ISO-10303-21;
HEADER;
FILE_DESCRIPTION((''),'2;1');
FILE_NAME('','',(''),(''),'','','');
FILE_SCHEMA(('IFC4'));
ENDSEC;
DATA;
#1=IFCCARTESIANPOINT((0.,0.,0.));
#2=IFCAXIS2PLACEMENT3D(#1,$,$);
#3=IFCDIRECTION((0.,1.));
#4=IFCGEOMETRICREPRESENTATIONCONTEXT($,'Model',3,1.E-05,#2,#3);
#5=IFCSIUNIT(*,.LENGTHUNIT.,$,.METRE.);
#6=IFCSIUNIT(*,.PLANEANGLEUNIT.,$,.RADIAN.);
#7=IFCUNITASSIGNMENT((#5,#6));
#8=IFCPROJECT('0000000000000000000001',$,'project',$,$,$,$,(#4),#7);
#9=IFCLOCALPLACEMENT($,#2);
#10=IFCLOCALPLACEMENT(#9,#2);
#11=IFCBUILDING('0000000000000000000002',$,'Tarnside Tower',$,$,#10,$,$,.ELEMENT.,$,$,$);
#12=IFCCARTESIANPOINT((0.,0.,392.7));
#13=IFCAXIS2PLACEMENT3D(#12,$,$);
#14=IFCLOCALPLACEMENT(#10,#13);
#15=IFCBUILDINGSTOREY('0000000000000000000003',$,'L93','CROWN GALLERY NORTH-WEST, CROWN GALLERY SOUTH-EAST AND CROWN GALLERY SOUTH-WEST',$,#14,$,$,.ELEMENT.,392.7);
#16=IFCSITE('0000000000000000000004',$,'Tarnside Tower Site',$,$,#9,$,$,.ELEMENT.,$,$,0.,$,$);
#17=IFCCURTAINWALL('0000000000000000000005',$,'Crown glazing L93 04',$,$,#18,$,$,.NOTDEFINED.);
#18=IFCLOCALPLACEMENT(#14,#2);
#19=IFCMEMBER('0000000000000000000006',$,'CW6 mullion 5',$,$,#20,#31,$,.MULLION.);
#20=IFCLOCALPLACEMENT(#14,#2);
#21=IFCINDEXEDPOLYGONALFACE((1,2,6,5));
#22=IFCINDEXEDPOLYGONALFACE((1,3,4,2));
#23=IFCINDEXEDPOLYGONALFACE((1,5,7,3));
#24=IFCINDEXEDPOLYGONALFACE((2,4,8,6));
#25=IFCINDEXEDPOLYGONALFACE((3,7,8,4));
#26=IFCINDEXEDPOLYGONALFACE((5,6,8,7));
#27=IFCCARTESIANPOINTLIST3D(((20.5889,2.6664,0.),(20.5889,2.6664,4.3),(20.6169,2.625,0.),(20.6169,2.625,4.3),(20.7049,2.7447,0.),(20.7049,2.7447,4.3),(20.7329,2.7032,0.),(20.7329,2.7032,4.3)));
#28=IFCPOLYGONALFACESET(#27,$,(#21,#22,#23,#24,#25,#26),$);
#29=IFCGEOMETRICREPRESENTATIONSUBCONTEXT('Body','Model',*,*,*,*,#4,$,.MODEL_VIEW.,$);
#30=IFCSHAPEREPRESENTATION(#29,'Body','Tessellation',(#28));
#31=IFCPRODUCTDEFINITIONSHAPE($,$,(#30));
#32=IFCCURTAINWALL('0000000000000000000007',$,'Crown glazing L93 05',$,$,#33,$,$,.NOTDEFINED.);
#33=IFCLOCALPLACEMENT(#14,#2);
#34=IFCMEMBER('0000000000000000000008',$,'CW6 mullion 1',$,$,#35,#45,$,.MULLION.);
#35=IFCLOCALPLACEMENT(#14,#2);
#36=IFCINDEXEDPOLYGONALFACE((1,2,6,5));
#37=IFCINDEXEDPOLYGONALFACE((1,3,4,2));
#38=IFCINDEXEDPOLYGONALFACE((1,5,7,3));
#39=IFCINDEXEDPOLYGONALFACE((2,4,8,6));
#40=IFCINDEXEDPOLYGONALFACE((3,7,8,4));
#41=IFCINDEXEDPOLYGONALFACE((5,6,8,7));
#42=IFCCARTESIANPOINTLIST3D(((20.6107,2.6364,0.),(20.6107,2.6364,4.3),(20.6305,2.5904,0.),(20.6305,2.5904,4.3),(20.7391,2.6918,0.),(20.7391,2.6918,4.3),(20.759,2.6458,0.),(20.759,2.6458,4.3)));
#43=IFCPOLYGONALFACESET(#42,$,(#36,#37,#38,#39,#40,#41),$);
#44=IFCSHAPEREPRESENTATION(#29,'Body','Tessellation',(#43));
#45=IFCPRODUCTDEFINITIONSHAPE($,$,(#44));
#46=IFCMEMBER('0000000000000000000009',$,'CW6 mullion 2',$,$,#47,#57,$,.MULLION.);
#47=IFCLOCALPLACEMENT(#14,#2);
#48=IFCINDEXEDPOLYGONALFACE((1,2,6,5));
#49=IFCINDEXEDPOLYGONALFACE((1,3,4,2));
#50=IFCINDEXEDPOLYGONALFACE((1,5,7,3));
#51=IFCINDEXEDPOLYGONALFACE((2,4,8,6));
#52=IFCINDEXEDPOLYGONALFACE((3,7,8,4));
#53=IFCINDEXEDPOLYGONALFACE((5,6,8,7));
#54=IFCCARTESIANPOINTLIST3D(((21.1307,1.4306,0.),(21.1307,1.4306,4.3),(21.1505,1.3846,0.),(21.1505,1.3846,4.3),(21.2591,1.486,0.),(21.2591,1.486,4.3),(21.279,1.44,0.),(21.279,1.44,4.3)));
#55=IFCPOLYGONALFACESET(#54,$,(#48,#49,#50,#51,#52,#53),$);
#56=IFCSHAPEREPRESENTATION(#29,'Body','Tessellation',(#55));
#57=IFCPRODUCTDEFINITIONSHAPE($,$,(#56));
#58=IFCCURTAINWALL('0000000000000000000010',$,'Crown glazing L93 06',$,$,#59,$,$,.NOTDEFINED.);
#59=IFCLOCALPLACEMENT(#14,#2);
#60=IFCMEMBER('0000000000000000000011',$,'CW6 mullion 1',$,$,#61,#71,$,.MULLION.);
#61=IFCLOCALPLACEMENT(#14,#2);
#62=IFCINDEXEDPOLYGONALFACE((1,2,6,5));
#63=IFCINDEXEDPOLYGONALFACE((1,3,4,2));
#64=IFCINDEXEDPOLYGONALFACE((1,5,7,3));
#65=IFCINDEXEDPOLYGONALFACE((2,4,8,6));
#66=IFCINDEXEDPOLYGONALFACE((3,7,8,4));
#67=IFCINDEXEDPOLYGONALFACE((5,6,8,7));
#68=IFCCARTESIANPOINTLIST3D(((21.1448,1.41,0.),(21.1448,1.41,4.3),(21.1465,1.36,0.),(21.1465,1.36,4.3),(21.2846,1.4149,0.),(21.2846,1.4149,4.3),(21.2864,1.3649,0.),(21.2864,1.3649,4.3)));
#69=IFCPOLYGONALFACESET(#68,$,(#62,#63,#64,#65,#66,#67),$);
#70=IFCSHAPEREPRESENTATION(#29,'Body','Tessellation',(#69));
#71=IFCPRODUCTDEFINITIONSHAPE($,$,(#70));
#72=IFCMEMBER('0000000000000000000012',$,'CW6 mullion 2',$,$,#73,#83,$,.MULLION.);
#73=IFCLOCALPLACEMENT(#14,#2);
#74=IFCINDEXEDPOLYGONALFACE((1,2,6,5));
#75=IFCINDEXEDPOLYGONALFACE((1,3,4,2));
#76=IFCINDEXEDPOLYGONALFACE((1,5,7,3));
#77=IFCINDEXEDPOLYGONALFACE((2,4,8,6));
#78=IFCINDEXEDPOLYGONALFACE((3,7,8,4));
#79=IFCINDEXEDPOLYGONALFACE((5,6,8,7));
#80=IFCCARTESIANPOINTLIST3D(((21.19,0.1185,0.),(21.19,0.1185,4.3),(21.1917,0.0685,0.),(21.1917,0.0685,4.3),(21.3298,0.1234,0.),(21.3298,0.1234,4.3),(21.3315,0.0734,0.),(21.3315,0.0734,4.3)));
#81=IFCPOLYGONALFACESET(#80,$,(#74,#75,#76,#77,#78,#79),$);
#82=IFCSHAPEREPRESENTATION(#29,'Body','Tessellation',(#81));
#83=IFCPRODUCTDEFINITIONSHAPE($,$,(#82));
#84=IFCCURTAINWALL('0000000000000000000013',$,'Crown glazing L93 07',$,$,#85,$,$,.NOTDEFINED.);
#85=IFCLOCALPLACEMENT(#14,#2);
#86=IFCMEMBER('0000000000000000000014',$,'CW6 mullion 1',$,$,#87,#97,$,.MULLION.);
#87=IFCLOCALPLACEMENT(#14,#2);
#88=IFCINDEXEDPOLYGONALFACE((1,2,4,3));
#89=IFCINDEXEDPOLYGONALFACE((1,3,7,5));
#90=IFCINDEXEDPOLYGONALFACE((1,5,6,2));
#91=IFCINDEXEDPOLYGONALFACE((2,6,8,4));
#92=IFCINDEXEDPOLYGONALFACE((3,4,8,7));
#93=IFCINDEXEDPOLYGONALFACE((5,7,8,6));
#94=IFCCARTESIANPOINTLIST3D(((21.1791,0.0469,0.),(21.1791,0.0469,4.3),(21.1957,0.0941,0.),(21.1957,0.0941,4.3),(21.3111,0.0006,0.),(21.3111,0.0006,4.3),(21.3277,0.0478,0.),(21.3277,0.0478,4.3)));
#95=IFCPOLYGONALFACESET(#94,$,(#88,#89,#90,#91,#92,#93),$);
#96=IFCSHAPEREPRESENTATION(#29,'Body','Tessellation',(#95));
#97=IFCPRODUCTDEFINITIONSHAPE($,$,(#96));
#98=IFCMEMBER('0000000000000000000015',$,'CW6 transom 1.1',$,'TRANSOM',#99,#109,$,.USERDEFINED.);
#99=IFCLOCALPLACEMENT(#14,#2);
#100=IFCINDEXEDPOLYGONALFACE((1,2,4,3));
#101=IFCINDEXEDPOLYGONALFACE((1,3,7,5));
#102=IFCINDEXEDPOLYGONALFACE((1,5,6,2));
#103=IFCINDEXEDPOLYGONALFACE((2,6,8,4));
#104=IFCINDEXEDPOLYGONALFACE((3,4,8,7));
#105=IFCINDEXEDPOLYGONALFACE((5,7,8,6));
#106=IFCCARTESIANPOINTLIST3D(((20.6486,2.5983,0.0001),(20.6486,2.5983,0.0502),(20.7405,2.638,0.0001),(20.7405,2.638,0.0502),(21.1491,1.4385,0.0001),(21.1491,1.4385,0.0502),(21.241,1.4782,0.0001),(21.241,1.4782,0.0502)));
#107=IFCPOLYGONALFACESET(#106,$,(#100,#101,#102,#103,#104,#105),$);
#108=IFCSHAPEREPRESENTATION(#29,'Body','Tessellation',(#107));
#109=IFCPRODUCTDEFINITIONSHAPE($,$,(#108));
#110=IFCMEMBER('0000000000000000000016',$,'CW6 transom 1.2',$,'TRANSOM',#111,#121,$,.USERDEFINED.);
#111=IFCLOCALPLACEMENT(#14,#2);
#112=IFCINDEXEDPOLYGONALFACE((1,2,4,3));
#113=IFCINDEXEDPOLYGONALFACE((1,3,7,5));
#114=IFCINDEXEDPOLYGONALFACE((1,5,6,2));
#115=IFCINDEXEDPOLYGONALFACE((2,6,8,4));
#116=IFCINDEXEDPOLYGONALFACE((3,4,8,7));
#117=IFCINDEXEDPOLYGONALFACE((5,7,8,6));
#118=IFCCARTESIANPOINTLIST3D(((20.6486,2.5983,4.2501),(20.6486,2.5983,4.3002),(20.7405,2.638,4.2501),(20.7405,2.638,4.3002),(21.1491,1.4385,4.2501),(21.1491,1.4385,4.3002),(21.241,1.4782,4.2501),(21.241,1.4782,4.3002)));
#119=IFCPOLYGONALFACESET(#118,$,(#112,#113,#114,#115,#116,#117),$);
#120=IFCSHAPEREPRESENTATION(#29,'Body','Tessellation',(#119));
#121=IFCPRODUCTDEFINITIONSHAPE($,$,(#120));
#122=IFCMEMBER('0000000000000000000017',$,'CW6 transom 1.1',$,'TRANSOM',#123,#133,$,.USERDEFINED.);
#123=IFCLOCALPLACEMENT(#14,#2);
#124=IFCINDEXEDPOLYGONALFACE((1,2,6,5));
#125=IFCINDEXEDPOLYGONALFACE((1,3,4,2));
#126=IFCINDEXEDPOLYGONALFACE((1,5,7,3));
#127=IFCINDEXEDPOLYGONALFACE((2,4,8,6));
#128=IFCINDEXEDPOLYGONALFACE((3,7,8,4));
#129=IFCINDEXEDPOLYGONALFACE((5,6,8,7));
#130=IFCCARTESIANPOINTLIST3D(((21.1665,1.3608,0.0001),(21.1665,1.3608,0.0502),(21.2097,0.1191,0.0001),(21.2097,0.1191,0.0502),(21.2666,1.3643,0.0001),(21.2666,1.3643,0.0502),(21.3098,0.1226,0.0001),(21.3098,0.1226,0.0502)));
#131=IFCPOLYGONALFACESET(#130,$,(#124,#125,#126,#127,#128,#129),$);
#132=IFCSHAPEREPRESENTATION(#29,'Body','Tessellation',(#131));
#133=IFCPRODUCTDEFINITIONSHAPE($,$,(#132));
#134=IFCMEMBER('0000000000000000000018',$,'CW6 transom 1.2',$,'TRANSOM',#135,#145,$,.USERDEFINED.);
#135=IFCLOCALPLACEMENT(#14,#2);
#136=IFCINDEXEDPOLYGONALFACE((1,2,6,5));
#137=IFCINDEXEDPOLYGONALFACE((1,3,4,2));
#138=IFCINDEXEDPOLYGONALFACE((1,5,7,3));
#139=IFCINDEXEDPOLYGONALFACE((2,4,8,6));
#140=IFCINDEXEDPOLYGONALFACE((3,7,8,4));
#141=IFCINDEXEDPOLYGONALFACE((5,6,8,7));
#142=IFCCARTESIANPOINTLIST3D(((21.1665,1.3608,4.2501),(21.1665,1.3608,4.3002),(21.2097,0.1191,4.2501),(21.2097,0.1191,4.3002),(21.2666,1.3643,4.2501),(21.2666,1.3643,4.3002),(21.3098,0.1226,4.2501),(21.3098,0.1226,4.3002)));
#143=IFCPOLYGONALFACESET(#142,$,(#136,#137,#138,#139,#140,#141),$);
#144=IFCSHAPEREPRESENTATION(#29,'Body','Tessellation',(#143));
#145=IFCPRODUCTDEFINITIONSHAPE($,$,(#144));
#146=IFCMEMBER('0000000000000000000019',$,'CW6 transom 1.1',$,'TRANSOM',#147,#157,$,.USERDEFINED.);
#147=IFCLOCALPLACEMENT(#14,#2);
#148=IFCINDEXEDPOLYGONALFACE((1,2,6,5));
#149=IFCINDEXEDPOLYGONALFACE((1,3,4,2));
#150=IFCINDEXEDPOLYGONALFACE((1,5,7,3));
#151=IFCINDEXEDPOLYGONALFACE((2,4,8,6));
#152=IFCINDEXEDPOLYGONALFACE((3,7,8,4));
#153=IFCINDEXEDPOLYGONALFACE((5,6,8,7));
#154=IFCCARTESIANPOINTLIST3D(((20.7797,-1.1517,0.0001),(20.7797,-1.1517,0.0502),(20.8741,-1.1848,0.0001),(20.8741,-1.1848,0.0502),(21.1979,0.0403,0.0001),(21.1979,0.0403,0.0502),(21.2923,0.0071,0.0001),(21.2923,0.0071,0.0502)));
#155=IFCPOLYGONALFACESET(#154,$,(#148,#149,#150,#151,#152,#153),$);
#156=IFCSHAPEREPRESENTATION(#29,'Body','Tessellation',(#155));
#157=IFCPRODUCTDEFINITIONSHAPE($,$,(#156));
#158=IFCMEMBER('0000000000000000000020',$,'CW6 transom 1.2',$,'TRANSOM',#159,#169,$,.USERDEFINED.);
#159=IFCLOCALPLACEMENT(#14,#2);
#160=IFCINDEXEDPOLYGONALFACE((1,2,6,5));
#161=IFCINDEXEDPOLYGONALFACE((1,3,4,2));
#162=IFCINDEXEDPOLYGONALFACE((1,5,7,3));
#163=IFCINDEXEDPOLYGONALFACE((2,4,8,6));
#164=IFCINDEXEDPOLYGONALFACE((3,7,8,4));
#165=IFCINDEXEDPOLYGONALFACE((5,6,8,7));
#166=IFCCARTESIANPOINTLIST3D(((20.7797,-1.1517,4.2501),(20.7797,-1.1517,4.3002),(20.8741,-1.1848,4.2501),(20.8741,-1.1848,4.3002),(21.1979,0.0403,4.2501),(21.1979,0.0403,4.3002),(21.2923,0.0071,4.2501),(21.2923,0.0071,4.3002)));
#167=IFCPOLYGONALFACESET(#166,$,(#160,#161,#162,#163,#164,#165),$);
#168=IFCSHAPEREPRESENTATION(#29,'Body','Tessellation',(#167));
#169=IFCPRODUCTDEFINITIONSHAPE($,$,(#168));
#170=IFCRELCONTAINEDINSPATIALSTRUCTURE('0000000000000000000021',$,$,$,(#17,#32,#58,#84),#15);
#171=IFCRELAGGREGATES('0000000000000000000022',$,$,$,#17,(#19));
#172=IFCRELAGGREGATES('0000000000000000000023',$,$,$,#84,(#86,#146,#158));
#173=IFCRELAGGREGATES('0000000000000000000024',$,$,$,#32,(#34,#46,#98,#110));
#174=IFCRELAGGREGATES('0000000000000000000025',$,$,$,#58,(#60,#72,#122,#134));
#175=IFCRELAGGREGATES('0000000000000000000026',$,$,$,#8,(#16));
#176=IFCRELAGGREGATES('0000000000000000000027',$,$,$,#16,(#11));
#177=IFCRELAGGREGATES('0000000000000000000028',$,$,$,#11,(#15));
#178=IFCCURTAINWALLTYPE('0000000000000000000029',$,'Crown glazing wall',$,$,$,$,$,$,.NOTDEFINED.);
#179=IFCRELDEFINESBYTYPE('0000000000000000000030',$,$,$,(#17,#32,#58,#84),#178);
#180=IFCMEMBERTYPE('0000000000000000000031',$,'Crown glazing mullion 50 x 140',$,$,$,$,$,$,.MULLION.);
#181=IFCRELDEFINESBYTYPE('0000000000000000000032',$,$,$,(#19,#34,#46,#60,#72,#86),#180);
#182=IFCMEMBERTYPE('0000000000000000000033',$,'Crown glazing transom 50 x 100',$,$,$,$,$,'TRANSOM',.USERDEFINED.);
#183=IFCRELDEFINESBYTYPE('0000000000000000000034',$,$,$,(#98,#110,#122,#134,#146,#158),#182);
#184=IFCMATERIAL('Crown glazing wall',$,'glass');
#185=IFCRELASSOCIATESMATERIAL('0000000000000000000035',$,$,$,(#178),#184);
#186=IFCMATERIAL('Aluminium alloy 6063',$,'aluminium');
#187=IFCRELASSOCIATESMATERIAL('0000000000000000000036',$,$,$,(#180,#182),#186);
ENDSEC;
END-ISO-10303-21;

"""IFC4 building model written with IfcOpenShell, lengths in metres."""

from ifc_helpers import new_model, si_unit, direction, frame, origin, origin_2d, place, context, subcontext, project, spatial, rectangle, extrude, material, material_profile, profile_set, type_object, element, aggregate, save


model = new_model("IFC4")

# Units and contexts
model_context = context("Model", 3, precision=1e-05, world=origin(), true_north=direction((0.0, 1.0)))
body_context = subcontext(model_context, "Body", "Model", "MODEL_VIEW")
ifc_project = project(units=[si_unit("LENGTHUNIT", "METRE"), si_unit("PLANEANGLEUNIT", "RADIAN")], contexts=[model_context])

# Site, building, storey
site_placement = place(None, origin())
site = spatial("IfcSite", under=ifc_project, at=site_placement, Name="Tarnside Tower Site", CompositionType="ELEMENT", RefElevation=0.0)
building_placement = place(site_placement, origin())
building = spatial("IfcBuilding", under=site, at=building_placement, Name="Tarnside Tower", CompositionType="ELEMENT")
storey_placement = place(building_placement, frame((0.0, 0.0, 392.7)))
storey = spatial("IfcBuildingStorey", under=building, at=storey_placement, Name="L93", Description="CROWN GALLERY NORTH-WEST, CROWN GALLERY SOUTH-EAST AND CROWN GALLERY SOUTH-WEST", CompositionType="ELEMENT", Elevation=392.7)

# Curtain wall, member
ifc_material_1 = material(Name="Crown glazing wall", Category="glass")
curtain_wall_type = type_object("IfcCurtainWallType", Name="Crown glazing wall", PredefinedType="NOTDEFINED", material=ifc_material_1)
curtain_wall_1_placement = place(storey_placement, origin())
curtain_wall_1 = element("IfcCurtainWall", 1, at=curtain_wall_1_placement, inside=storey, type_object=curtain_wall_type, Name="Crown glazing L93 04", PredefinedType="NOTDEFINED")
ifc_material_2 = material(Name="Aluminium alloy 6063", Category="aluminium")
ifc_material_profile_1 = material_profile(ifc_material_2, rectangle(XDim=0.1399, YDim=0.05, at=origin_2d()), Name="Crown glazing mullion 50 x 140")
ifc_profile_set_1 = profile_set([ifc_material_profile_1], Name="Aluminium alloy 6063")
member_type_1 = type_object("IfcMemberType", Name="Crown glazing mullion 50 x 140", PredefinedType="MULLION", material=ifc_profile_set_1)
member_1_placement = place(storey_placement, frame((20.6609, 2.6848, 0.0), z_axis=(0.0, 0.0, 1.0), x_axis=(0.829038, 0.559193, 0.0)))
member_1 = element("IfcMember", 2, at=member_1_placement, type_object=member_type_1, Name="CW6 mullion 5", PredefinedType="MULLION", context=body_context, shape_type="SweptSolid", body=[
    extrude(rectangle(XDim=0.1399, YDim=0.05, at=origin_2d()), origin(), (0.0, 0.0, 1.0), 4.3),
])
aggregate(curtain_wall_1, [member_1])

# Curtain walls, members
curtain_wall_2_placement = place(storey_placement, origin())
curtain_wall_2 = element("IfcCurtainWall", 3, at=curtain_wall_2_placement, inside=storey, type_object=curtain_wall_type, Name="Crown glazing L93 05", PredefinedType="NOTDEFINED")
member_2_placement = place(storey_placement, frame((20.6848, 2.6411, 0.0), z_axis=(0.0, 0.0, 1.0), x_axis=(0.918216, 0.39608, 0.0)))
member_2 = element("IfcMember", 4, at=member_2_placement, type_object=member_type_1, Name="CW6 mullion 1", PredefinedType="MULLION", context=body_context, shape_type="SweptSolid", body=[
    extrude(rectangle(XDim=0.1399, YDim=0.05, at=origin_2d()), origin(), (0.0, 0.0, 1.0), 4.3),
])
member_3_placement = place(storey_placement, frame((21.2048, 1.4353, 0.0), z_axis=(0.0, 0.0, 1.0), x_axis=(0.918216, 0.39608, 0.0)))
member_3 = element("IfcMember", 5, at=member_3_placement, type_object=member_type_1, Name="CW6 mullion 2", PredefinedType="MULLION", context=body_context, shape_type="SweptSolid", body=[
    extrude(rectangle(XDim=0.1399, YDim=0.05, at=origin_2d()), origin(), (0.0, 0.0, 1.0), 4.3),
])
curtain_wall_3_placement = place(storey_placement, origin())
curtain_wall_3 = element("IfcCurtainWall", 6, at=curtain_wall_3_placement, inside=storey, type_object=curtain_wall_type, Name="Crown glazing L93 06", PredefinedType="NOTDEFINED")
member_4_placement = place(storey_placement, frame((21.2156, 1.3875, 0.0), z_axis=(0.0, 0.0, 1.0), x_axis=(0.999391, 0.034899, 0.0)))
member_4 = element("IfcMember", 7, at=member_4_placement, type_object=member_type_1, Name="CW6 mullion 1", PredefinedType="MULLION", context=body_context, shape_type="SweptSolid", body=[
    extrude(rectangle(XDim=0.1399, YDim=0.05, at=origin_2d()), origin(), (0.0, 0.0, 1.0), 4.3),
])
member_5_placement = place(storey_placement, frame((21.2607, 0.0959, 0.0), z_axis=(0.0, 0.0, 1.0), x_axis=(0.999391, 0.034899, 0.0)))
member_5 = element("IfcMember", 8, at=member_5_placement, type_object=member_type_1, Name="CW6 mullion 2", PredefinedType="MULLION", context=body_context, shape_type="SweptSolid", body=[
    extrude(rectangle(XDim=0.1399, YDim=0.05, at=origin_2d()), origin(), (0.0, 0.0, 1.0), 4.3),
])

# Curtain wall, member
curtain_wall_4_placement = place(storey_placement, origin())
curtain_wall_4 = element("IfcCurtainWall", 9, at=curtain_wall_4_placement, inside=storey, type_object=curtain_wall_type, Name="Crown glazing L93 07", PredefinedType="NOTDEFINED")
member_6_placement = place(storey_placement, frame((21.2534, 0.0474, 0.0), z_axis=(0.0, 0.0, 1.0), x_axis=(0.943609, -0.331063, 0.0)))
member_6 = element("IfcMember", 10, at=member_6_placement, type_object=member_type_1, Name="CW6 mullion 1", PredefinedType="MULLION", context=body_context, shape_type="SweptSolid", body=[
    extrude(rectangle(XDim=0.1399, YDim=0.05, at=origin_2d()), origin(), (0.0, 0.0, 1.0), 4.3),
])

# Members
ifc_material_profile_2 = material_profile(ifc_material_2, rectangle(XDim=0.1001, YDim=0.05, at=origin_2d()), Name="Crown glazing transom 50 x 100")
ifc_profile_set_2 = profile_set([ifc_material_profile_2], Name="Aluminium alloy 6063")
member_type_2 = type_object("IfcMemberType", Name="Crown glazing transom 50 x 100", ElementType="TRANSOM", PredefinedType="USERDEFINED", material=ifc_profile_set_2)
member_7_placement = place(storey_placement, frame((20.6946, 2.6182, 0.0251), z_axis=(0.396181, -0.918173, 0.0), x_axis=(0.918173, 0.396181, 0.0)))
member_7 = element("IfcMember", 11, at=member_7_placement, type_object=member_type_2, Name="CW6 transom 1.1", ObjectType="TRANSOM", PredefinedType="USERDEFINED", context=body_context, shape_type="SweptSolid", body=[
    extrude(rectangle(XDim=0.1001, YDim=0.05, at=origin_2d()), origin(), (0.0, 0.0, 1.0), 1.2632),
])
member_8_placement = place(storey_placement, frame((20.6946, 2.6182, 4.2751), z_axis=(0.396181, -0.918173, 0.0), x_axis=(0.918173, 0.396181, 0.0)))
member_8 = element("IfcMember", 12, at=member_8_placement, type_object=member_type_2, Name="CW6 transom 1.2", ObjectType="TRANSOM", PredefinedType="USERDEFINED", context=body_context, shape_type="SweptSolid", body=[
    extrude(rectangle(XDim=0.1001, YDim=0.05, at=origin_2d()), origin(), (0.0, 0.0, 1.0), 1.2632),
])
member_9_placement = place(storey_placement, frame((21.2166, 1.3625, 0.0251), z_axis=(0.03478, -0.999395, 0.0), x_axis=(0.999395, 0.03478, 0.0)))
member_9 = element("IfcMember", 13, at=member_9_placement, type_object=member_type_2, Name="CW6 transom 1.1", ObjectType="TRANSOM", PredefinedType="USERDEFINED", context=body_context, shape_type="SweptSolid", body=[
    extrude(rectangle(XDim=0.1001, YDim=0.05, at=origin_2d()), origin(), (0.0, 0.0, 1.0), 1.2424),
])
member_10_placement = place(storey_placement, frame((21.2166, 1.3625, 4.2751), z_axis=(0.03478, -0.999395, 0.0), x_axis=(0.999395, 0.03478, 0.0)))
member_10 = element("IfcMember", 14, at=member_10_placement, type_object=member_type_2, Name="CW6 transom 1.2", ObjectType="TRANSOM", PredefinedType="USERDEFINED", context=body_context, shape_type="SweptSolid", body=[
    extrude(rectangle(XDim=0.1001, YDim=0.05, at=origin_2d()), origin(), (0.0, 0.0, 1.0), 1.2424),
])
member_11_placement = place(storey_placement, frame((21.2451, 0.0237, 0.0251), z_axis=(-0.331091, -0.943599, 0.0), x_axis=(0.943599, -0.331091, 0.0)))
member_11 = element("IfcMember", 15, at=member_11_placement, type_object=member_type_2, Name="CW6 transom 1.1", ObjectType="TRANSOM", PredefinedType="USERDEFINED", context=body_context, shape_type="SweptSolid", body=[
    extrude(rectangle(XDim=0.1001, YDim=0.05, at=origin_2d()), origin(), (0.0, 0.0, 1.0), 1.2632),
])
member_12_placement = place(storey_placement, frame((21.2451, 0.0237, 4.2751), z_axis=(-0.331091, -0.943599, 0.0), x_axis=(0.943599, -0.331091, 0.0)))
member_12 = element("IfcMember", 16, at=member_12_placement, type_object=member_type_2, Name="CW6 transom 1.2", ObjectType="TRANSOM", PredefinedType="USERDEFINED", context=body_context, shape_type="SweptSolid", body=[
    extrude(rectangle(XDim=0.1001, YDim=0.05, at=origin_2d()), origin(), (0.0, 0.0, 1.0), 1.2632),
])
aggregate(curtain_wall_4, [member_6, member_11, member_12])

aggregate(curtain_wall_2, [member_2, member_3, member_7, member_8])
aggregate(curtain_wall_3, [member_4, member_5, member_9, member_10])

save(model, "model.ifc")
